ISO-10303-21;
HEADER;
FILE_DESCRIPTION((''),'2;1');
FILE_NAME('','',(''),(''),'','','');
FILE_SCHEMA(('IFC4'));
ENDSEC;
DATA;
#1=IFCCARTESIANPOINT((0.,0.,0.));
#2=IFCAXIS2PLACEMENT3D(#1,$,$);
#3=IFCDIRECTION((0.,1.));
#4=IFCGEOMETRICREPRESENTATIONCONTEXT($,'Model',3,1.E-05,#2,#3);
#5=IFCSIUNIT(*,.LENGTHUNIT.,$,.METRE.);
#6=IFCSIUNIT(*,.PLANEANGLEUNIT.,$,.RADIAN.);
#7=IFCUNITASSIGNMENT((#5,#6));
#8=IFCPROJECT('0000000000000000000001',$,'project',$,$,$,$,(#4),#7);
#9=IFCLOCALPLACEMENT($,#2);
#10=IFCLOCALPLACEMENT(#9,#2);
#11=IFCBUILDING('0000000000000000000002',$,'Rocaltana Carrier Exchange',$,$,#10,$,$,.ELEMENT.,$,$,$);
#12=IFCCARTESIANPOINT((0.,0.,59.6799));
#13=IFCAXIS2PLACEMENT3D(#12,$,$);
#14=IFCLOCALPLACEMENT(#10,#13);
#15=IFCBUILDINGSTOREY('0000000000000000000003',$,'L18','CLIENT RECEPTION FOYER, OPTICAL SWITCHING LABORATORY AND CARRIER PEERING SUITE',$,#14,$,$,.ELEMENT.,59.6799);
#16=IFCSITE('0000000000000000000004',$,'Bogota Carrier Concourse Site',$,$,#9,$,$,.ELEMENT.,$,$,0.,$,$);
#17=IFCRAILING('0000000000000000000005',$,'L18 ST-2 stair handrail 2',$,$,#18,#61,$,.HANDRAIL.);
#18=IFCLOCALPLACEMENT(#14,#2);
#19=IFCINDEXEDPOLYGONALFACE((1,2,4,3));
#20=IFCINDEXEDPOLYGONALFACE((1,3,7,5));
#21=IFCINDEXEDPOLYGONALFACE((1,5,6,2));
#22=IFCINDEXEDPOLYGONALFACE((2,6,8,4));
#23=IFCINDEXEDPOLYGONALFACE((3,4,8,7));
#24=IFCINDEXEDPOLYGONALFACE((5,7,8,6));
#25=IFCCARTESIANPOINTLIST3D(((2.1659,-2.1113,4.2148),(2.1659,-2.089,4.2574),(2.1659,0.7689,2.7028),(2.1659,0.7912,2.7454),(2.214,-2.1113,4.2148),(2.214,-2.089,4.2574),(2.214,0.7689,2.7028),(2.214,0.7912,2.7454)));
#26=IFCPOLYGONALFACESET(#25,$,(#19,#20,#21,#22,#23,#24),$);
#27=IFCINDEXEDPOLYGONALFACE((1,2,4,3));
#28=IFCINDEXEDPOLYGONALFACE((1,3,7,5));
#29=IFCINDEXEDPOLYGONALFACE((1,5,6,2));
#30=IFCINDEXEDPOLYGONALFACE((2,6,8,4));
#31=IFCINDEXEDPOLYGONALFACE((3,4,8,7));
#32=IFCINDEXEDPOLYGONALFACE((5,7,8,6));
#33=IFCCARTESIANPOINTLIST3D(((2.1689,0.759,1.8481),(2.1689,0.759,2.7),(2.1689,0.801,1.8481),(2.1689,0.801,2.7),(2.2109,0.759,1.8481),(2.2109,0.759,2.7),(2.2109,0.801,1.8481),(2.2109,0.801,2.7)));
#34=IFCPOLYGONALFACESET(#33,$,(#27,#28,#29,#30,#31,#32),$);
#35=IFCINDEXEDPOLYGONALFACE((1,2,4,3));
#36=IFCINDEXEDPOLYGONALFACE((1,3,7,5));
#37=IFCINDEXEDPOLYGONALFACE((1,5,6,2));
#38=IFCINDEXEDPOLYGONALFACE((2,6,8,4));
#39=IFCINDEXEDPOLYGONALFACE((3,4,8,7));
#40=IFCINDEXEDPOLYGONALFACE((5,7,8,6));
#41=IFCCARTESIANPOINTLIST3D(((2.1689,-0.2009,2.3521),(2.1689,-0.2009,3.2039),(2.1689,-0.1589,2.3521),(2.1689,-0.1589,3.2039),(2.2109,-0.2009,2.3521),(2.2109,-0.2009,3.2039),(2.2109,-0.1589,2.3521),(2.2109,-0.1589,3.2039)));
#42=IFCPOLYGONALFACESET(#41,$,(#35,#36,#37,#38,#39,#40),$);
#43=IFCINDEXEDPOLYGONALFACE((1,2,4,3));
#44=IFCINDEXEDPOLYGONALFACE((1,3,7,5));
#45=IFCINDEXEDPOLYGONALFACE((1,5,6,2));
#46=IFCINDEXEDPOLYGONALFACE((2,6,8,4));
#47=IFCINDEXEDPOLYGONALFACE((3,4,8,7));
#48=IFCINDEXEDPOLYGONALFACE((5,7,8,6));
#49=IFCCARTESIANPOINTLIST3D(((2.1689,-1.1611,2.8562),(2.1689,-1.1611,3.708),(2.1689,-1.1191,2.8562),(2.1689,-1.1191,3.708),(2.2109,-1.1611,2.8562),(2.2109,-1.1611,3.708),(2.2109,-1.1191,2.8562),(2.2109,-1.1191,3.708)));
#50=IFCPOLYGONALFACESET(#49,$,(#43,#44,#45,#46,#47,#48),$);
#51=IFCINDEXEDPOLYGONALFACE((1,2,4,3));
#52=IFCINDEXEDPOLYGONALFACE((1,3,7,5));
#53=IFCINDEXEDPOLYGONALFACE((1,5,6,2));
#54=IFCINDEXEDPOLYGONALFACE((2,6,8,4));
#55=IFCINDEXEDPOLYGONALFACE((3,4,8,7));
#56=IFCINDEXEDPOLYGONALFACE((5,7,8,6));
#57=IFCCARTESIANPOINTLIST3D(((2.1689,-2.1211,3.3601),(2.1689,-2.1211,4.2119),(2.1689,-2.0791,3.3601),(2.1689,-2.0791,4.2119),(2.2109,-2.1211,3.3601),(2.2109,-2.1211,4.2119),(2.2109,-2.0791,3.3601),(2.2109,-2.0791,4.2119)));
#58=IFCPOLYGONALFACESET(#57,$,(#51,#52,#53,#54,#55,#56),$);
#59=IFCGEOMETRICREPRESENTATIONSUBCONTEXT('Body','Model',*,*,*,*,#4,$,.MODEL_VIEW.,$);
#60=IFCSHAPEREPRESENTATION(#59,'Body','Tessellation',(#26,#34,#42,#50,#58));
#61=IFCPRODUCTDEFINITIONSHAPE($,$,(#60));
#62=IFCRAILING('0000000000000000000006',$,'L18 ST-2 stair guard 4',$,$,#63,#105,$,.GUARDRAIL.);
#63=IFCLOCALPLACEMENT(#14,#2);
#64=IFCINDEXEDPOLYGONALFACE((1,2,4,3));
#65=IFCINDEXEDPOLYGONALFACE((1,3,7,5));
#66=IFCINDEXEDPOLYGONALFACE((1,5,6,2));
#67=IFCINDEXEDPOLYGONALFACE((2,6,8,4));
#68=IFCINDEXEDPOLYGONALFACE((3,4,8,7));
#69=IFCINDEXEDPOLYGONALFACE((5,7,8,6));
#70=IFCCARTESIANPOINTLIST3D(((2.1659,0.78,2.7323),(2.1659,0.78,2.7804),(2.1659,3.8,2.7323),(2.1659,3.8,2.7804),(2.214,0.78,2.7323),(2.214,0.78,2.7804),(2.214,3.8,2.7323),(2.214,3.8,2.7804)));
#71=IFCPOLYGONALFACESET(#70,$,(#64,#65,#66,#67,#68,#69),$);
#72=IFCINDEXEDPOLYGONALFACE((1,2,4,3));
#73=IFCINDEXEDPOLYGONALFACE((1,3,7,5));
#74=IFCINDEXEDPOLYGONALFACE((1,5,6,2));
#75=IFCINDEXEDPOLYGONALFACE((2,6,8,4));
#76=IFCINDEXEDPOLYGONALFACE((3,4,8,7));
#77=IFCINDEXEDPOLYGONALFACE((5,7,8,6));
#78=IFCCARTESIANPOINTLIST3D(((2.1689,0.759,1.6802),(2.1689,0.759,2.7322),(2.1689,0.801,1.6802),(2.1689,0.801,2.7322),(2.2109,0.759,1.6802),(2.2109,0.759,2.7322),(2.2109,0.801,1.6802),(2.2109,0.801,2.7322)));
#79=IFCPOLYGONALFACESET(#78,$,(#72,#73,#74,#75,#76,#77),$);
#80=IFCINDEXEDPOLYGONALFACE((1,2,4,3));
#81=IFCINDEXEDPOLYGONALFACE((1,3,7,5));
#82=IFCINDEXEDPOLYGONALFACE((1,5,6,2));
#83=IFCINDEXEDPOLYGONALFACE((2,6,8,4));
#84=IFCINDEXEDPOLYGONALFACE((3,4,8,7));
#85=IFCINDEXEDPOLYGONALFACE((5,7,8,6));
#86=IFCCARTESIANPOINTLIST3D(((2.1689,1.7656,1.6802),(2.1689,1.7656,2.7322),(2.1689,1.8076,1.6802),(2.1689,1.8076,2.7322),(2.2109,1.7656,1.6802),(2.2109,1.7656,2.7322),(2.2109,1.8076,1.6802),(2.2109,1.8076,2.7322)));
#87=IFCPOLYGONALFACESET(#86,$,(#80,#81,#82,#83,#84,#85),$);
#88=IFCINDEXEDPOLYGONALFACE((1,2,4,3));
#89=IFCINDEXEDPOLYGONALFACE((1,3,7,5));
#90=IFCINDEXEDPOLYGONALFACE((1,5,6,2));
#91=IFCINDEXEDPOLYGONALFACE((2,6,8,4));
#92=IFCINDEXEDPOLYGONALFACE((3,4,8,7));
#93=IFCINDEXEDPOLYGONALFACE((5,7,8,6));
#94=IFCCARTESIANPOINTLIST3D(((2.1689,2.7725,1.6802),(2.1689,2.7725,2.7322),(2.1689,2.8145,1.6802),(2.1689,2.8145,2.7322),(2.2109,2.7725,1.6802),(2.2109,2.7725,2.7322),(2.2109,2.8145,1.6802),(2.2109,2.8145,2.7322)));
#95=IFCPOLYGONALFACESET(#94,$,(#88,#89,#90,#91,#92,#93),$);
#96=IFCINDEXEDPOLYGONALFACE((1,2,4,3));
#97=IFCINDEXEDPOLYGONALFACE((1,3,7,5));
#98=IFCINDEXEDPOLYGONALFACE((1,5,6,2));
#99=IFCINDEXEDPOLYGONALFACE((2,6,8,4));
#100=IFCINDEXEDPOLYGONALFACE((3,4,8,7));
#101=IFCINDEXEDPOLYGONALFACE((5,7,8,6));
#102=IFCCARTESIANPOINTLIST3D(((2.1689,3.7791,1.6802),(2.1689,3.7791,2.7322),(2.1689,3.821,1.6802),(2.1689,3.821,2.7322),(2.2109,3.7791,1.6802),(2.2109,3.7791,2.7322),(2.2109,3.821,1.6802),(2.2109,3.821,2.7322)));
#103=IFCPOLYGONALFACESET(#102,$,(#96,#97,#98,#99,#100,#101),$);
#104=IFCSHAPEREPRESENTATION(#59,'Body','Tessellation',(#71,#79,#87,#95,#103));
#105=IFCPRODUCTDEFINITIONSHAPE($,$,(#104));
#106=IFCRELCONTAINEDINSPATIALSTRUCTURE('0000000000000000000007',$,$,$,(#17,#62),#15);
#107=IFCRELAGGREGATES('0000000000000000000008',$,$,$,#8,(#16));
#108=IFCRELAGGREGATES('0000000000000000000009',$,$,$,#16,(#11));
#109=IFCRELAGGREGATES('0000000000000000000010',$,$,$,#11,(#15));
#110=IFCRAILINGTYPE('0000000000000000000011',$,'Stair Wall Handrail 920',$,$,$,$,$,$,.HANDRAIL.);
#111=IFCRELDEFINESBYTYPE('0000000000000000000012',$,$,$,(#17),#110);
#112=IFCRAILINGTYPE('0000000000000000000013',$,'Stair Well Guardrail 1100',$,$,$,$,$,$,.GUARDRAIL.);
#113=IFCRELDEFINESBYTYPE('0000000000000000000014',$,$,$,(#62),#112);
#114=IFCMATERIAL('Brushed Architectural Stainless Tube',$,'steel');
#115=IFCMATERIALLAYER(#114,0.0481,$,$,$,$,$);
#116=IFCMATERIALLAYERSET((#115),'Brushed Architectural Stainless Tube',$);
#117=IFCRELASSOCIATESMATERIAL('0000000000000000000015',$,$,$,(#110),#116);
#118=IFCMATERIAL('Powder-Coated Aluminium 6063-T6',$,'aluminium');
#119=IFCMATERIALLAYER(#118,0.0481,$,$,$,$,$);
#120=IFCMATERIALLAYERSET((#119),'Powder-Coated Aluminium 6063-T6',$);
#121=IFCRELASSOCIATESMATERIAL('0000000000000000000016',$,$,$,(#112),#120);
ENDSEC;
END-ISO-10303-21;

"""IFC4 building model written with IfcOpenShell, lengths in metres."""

from ifc_helpers import new_model, si_unit, direction, frame, origin, origin_2d, place, context, subcontext, project, spatial, rectangle, extrude, material, layer, layer_set, type_object, element, save


model = new_model("IFC4")

# Units and contexts
model_context = context("Model", 3, precision=1e-05, world=origin(), true_north=direction((0.0, 1.0)))
body_context = subcontext(model_context, "Body", "Model", "MODEL_VIEW")
ifc_project = project(units=[si_unit("LENGTHUNIT", "METRE"), si_unit("PLANEANGLEUNIT", "RADIAN")], contexts=[model_context])

# Site, building, storey
site_placement = place(None, origin())
site = spatial("IfcSite", under=ifc_project, at=site_placement, Name="Bogota Carrier Concourse Site", CompositionType="ELEMENT", RefElevation=0.0)
building_placement = place(site_placement, origin())
building = spatial("IfcBuilding", under=site, at=building_placement, Name="Rocaltana Carrier Exchange", CompositionType="ELEMENT")
storey_placement = place(building_placement, frame((0.0, 0.0, 59.6799)))
storey = spatial("IfcBuildingStorey", under=building, at=storey_placement, Name="L18", Description="CLIENT RECEPTION FOYER, OPTICAL SWITCHING LABORATORY AND CARRIER PEERING SUITE", CompositionType="ELEMENT", Elevation=59.6799)

# Railings
ifc_material_1 = material(Name="Brushed Architectural Stainless Tube", Category="steel")
ifc_layer_1 = layer(ifc_material_1, 0.0481)
ifc_layer_set_1 = layer_set([ifc_layer_1], Name="Brushed Architectural Stainless Tube")
railing_type_1 = type_object("IfcRailingType", Name="Stair Wall Handrail 920", PredefinedType="HANDRAIL", material=ifc_layer_set_1)
railing_1_placement = place(storey_placement, frame((2.1899, 0.78, 1.8481)))
element("IfcRailing", 1, at=railing_1_placement, inside=storey, type_object=railing_type_1, Name="L18 ST-2 stair handrail 2", PredefinedType="HANDRAIL", context=body_context, shape_type="SweptSolid", body=[
    extrude(rectangle(XDim=0.0481, YDim=0.0481, at=origin_2d()), frame((0.0, 0.0, 0.876), z_axis=(0.0, -0.885411, 0.464809), x_axis=(1.0, 0.0, 0.0)), (0.0, 0.0, 1.0), 3.2529),
    extrude(rectangle(XDim=0.042, YDim=0.042, at=origin_2d()), origin(), (0.0, 0.0, 1.0), 0.8518),
    extrude(rectangle(XDim=0.042, YDim=0.042, at=origin_2d()), frame((0.0, -0.96, 0.5039)), (0.0, 0.0, 1.0), 0.8518),
    extrude(rectangle(XDim=0.042, YDim=0.042, at=origin_2d()), frame((0.0, -1.9202, 1.0081)), (0.0, 0.0, 1.0), 0.8518),
    extrude(rectangle(XDim=0.042, YDim=0.042, at=origin_2d()), frame((0.0, -2.8801, 1.512)), (0.0, 0.0, 1.0), 0.8518),
])
ifc_material_2 = material(Name="Powder-Coated Aluminium 6063-T6", Category="aluminium")
ifc_layer_2 = layer(ifc_material_2, 0.0481)
ifc_layer_set_2 = layer_set([ifc_layer_2], Name="Powder-Coated Aluminium 6063-T6")
railing_type_2 = type_object("IfcRailingType", Name="Stair Well Guardrail 1100", PredefinedType="GUARDRAIL", material=ifc_layer_set_2)
railing_2_placement = place(storey_placement, frame((2.1899, 0.78, 1.6802)))
element("IfcRailing", 2, at=railing_2_placement, inside=storey, type_object=railing_type_2, Name="L18 ST-2 stair guard 4", PredefinedType="GUARDRAIL", context=body_context, shape_type="SweptSolid", body=[
    extrude(rectangle(XDim=0.0481, YDim=0.0481, at=origin_2d()), frame((0.0, 0.0, 1.0762), z_axis=(0.0, 1.0, 0.0), x_axis=(-1.0, 0.0, 0.0)), (0.0, 0.0, 1.0), 3.02),
    extrude(rectangle(XDim=0.042, YDim=0.042, at=origin_2d()), origin(), (0.0, 0.0, 1.0), 1.052),
    extrude(rectangle(XDim=0.042, YDim=0.042, at=origin_2d()), frame((0.0, 1.0066, 0.0)), (0.0, 0.0, 1.0), 1.052),
    extrude(rectangle(XDim=0.042, YDim=0.042, at=origin_2d()), frame((0.0, 2.0134, 0.0)), (0.0, 0.0, 1.0), 1.052),
    extrude(rectangle(XDim=0.042, YDim=0.042, at=origin_2d()), frame((0.0, 3.02, 0.0)), (0.0, 0.0, 1.0), 1.052),
])

save(model, "model.ifc")
